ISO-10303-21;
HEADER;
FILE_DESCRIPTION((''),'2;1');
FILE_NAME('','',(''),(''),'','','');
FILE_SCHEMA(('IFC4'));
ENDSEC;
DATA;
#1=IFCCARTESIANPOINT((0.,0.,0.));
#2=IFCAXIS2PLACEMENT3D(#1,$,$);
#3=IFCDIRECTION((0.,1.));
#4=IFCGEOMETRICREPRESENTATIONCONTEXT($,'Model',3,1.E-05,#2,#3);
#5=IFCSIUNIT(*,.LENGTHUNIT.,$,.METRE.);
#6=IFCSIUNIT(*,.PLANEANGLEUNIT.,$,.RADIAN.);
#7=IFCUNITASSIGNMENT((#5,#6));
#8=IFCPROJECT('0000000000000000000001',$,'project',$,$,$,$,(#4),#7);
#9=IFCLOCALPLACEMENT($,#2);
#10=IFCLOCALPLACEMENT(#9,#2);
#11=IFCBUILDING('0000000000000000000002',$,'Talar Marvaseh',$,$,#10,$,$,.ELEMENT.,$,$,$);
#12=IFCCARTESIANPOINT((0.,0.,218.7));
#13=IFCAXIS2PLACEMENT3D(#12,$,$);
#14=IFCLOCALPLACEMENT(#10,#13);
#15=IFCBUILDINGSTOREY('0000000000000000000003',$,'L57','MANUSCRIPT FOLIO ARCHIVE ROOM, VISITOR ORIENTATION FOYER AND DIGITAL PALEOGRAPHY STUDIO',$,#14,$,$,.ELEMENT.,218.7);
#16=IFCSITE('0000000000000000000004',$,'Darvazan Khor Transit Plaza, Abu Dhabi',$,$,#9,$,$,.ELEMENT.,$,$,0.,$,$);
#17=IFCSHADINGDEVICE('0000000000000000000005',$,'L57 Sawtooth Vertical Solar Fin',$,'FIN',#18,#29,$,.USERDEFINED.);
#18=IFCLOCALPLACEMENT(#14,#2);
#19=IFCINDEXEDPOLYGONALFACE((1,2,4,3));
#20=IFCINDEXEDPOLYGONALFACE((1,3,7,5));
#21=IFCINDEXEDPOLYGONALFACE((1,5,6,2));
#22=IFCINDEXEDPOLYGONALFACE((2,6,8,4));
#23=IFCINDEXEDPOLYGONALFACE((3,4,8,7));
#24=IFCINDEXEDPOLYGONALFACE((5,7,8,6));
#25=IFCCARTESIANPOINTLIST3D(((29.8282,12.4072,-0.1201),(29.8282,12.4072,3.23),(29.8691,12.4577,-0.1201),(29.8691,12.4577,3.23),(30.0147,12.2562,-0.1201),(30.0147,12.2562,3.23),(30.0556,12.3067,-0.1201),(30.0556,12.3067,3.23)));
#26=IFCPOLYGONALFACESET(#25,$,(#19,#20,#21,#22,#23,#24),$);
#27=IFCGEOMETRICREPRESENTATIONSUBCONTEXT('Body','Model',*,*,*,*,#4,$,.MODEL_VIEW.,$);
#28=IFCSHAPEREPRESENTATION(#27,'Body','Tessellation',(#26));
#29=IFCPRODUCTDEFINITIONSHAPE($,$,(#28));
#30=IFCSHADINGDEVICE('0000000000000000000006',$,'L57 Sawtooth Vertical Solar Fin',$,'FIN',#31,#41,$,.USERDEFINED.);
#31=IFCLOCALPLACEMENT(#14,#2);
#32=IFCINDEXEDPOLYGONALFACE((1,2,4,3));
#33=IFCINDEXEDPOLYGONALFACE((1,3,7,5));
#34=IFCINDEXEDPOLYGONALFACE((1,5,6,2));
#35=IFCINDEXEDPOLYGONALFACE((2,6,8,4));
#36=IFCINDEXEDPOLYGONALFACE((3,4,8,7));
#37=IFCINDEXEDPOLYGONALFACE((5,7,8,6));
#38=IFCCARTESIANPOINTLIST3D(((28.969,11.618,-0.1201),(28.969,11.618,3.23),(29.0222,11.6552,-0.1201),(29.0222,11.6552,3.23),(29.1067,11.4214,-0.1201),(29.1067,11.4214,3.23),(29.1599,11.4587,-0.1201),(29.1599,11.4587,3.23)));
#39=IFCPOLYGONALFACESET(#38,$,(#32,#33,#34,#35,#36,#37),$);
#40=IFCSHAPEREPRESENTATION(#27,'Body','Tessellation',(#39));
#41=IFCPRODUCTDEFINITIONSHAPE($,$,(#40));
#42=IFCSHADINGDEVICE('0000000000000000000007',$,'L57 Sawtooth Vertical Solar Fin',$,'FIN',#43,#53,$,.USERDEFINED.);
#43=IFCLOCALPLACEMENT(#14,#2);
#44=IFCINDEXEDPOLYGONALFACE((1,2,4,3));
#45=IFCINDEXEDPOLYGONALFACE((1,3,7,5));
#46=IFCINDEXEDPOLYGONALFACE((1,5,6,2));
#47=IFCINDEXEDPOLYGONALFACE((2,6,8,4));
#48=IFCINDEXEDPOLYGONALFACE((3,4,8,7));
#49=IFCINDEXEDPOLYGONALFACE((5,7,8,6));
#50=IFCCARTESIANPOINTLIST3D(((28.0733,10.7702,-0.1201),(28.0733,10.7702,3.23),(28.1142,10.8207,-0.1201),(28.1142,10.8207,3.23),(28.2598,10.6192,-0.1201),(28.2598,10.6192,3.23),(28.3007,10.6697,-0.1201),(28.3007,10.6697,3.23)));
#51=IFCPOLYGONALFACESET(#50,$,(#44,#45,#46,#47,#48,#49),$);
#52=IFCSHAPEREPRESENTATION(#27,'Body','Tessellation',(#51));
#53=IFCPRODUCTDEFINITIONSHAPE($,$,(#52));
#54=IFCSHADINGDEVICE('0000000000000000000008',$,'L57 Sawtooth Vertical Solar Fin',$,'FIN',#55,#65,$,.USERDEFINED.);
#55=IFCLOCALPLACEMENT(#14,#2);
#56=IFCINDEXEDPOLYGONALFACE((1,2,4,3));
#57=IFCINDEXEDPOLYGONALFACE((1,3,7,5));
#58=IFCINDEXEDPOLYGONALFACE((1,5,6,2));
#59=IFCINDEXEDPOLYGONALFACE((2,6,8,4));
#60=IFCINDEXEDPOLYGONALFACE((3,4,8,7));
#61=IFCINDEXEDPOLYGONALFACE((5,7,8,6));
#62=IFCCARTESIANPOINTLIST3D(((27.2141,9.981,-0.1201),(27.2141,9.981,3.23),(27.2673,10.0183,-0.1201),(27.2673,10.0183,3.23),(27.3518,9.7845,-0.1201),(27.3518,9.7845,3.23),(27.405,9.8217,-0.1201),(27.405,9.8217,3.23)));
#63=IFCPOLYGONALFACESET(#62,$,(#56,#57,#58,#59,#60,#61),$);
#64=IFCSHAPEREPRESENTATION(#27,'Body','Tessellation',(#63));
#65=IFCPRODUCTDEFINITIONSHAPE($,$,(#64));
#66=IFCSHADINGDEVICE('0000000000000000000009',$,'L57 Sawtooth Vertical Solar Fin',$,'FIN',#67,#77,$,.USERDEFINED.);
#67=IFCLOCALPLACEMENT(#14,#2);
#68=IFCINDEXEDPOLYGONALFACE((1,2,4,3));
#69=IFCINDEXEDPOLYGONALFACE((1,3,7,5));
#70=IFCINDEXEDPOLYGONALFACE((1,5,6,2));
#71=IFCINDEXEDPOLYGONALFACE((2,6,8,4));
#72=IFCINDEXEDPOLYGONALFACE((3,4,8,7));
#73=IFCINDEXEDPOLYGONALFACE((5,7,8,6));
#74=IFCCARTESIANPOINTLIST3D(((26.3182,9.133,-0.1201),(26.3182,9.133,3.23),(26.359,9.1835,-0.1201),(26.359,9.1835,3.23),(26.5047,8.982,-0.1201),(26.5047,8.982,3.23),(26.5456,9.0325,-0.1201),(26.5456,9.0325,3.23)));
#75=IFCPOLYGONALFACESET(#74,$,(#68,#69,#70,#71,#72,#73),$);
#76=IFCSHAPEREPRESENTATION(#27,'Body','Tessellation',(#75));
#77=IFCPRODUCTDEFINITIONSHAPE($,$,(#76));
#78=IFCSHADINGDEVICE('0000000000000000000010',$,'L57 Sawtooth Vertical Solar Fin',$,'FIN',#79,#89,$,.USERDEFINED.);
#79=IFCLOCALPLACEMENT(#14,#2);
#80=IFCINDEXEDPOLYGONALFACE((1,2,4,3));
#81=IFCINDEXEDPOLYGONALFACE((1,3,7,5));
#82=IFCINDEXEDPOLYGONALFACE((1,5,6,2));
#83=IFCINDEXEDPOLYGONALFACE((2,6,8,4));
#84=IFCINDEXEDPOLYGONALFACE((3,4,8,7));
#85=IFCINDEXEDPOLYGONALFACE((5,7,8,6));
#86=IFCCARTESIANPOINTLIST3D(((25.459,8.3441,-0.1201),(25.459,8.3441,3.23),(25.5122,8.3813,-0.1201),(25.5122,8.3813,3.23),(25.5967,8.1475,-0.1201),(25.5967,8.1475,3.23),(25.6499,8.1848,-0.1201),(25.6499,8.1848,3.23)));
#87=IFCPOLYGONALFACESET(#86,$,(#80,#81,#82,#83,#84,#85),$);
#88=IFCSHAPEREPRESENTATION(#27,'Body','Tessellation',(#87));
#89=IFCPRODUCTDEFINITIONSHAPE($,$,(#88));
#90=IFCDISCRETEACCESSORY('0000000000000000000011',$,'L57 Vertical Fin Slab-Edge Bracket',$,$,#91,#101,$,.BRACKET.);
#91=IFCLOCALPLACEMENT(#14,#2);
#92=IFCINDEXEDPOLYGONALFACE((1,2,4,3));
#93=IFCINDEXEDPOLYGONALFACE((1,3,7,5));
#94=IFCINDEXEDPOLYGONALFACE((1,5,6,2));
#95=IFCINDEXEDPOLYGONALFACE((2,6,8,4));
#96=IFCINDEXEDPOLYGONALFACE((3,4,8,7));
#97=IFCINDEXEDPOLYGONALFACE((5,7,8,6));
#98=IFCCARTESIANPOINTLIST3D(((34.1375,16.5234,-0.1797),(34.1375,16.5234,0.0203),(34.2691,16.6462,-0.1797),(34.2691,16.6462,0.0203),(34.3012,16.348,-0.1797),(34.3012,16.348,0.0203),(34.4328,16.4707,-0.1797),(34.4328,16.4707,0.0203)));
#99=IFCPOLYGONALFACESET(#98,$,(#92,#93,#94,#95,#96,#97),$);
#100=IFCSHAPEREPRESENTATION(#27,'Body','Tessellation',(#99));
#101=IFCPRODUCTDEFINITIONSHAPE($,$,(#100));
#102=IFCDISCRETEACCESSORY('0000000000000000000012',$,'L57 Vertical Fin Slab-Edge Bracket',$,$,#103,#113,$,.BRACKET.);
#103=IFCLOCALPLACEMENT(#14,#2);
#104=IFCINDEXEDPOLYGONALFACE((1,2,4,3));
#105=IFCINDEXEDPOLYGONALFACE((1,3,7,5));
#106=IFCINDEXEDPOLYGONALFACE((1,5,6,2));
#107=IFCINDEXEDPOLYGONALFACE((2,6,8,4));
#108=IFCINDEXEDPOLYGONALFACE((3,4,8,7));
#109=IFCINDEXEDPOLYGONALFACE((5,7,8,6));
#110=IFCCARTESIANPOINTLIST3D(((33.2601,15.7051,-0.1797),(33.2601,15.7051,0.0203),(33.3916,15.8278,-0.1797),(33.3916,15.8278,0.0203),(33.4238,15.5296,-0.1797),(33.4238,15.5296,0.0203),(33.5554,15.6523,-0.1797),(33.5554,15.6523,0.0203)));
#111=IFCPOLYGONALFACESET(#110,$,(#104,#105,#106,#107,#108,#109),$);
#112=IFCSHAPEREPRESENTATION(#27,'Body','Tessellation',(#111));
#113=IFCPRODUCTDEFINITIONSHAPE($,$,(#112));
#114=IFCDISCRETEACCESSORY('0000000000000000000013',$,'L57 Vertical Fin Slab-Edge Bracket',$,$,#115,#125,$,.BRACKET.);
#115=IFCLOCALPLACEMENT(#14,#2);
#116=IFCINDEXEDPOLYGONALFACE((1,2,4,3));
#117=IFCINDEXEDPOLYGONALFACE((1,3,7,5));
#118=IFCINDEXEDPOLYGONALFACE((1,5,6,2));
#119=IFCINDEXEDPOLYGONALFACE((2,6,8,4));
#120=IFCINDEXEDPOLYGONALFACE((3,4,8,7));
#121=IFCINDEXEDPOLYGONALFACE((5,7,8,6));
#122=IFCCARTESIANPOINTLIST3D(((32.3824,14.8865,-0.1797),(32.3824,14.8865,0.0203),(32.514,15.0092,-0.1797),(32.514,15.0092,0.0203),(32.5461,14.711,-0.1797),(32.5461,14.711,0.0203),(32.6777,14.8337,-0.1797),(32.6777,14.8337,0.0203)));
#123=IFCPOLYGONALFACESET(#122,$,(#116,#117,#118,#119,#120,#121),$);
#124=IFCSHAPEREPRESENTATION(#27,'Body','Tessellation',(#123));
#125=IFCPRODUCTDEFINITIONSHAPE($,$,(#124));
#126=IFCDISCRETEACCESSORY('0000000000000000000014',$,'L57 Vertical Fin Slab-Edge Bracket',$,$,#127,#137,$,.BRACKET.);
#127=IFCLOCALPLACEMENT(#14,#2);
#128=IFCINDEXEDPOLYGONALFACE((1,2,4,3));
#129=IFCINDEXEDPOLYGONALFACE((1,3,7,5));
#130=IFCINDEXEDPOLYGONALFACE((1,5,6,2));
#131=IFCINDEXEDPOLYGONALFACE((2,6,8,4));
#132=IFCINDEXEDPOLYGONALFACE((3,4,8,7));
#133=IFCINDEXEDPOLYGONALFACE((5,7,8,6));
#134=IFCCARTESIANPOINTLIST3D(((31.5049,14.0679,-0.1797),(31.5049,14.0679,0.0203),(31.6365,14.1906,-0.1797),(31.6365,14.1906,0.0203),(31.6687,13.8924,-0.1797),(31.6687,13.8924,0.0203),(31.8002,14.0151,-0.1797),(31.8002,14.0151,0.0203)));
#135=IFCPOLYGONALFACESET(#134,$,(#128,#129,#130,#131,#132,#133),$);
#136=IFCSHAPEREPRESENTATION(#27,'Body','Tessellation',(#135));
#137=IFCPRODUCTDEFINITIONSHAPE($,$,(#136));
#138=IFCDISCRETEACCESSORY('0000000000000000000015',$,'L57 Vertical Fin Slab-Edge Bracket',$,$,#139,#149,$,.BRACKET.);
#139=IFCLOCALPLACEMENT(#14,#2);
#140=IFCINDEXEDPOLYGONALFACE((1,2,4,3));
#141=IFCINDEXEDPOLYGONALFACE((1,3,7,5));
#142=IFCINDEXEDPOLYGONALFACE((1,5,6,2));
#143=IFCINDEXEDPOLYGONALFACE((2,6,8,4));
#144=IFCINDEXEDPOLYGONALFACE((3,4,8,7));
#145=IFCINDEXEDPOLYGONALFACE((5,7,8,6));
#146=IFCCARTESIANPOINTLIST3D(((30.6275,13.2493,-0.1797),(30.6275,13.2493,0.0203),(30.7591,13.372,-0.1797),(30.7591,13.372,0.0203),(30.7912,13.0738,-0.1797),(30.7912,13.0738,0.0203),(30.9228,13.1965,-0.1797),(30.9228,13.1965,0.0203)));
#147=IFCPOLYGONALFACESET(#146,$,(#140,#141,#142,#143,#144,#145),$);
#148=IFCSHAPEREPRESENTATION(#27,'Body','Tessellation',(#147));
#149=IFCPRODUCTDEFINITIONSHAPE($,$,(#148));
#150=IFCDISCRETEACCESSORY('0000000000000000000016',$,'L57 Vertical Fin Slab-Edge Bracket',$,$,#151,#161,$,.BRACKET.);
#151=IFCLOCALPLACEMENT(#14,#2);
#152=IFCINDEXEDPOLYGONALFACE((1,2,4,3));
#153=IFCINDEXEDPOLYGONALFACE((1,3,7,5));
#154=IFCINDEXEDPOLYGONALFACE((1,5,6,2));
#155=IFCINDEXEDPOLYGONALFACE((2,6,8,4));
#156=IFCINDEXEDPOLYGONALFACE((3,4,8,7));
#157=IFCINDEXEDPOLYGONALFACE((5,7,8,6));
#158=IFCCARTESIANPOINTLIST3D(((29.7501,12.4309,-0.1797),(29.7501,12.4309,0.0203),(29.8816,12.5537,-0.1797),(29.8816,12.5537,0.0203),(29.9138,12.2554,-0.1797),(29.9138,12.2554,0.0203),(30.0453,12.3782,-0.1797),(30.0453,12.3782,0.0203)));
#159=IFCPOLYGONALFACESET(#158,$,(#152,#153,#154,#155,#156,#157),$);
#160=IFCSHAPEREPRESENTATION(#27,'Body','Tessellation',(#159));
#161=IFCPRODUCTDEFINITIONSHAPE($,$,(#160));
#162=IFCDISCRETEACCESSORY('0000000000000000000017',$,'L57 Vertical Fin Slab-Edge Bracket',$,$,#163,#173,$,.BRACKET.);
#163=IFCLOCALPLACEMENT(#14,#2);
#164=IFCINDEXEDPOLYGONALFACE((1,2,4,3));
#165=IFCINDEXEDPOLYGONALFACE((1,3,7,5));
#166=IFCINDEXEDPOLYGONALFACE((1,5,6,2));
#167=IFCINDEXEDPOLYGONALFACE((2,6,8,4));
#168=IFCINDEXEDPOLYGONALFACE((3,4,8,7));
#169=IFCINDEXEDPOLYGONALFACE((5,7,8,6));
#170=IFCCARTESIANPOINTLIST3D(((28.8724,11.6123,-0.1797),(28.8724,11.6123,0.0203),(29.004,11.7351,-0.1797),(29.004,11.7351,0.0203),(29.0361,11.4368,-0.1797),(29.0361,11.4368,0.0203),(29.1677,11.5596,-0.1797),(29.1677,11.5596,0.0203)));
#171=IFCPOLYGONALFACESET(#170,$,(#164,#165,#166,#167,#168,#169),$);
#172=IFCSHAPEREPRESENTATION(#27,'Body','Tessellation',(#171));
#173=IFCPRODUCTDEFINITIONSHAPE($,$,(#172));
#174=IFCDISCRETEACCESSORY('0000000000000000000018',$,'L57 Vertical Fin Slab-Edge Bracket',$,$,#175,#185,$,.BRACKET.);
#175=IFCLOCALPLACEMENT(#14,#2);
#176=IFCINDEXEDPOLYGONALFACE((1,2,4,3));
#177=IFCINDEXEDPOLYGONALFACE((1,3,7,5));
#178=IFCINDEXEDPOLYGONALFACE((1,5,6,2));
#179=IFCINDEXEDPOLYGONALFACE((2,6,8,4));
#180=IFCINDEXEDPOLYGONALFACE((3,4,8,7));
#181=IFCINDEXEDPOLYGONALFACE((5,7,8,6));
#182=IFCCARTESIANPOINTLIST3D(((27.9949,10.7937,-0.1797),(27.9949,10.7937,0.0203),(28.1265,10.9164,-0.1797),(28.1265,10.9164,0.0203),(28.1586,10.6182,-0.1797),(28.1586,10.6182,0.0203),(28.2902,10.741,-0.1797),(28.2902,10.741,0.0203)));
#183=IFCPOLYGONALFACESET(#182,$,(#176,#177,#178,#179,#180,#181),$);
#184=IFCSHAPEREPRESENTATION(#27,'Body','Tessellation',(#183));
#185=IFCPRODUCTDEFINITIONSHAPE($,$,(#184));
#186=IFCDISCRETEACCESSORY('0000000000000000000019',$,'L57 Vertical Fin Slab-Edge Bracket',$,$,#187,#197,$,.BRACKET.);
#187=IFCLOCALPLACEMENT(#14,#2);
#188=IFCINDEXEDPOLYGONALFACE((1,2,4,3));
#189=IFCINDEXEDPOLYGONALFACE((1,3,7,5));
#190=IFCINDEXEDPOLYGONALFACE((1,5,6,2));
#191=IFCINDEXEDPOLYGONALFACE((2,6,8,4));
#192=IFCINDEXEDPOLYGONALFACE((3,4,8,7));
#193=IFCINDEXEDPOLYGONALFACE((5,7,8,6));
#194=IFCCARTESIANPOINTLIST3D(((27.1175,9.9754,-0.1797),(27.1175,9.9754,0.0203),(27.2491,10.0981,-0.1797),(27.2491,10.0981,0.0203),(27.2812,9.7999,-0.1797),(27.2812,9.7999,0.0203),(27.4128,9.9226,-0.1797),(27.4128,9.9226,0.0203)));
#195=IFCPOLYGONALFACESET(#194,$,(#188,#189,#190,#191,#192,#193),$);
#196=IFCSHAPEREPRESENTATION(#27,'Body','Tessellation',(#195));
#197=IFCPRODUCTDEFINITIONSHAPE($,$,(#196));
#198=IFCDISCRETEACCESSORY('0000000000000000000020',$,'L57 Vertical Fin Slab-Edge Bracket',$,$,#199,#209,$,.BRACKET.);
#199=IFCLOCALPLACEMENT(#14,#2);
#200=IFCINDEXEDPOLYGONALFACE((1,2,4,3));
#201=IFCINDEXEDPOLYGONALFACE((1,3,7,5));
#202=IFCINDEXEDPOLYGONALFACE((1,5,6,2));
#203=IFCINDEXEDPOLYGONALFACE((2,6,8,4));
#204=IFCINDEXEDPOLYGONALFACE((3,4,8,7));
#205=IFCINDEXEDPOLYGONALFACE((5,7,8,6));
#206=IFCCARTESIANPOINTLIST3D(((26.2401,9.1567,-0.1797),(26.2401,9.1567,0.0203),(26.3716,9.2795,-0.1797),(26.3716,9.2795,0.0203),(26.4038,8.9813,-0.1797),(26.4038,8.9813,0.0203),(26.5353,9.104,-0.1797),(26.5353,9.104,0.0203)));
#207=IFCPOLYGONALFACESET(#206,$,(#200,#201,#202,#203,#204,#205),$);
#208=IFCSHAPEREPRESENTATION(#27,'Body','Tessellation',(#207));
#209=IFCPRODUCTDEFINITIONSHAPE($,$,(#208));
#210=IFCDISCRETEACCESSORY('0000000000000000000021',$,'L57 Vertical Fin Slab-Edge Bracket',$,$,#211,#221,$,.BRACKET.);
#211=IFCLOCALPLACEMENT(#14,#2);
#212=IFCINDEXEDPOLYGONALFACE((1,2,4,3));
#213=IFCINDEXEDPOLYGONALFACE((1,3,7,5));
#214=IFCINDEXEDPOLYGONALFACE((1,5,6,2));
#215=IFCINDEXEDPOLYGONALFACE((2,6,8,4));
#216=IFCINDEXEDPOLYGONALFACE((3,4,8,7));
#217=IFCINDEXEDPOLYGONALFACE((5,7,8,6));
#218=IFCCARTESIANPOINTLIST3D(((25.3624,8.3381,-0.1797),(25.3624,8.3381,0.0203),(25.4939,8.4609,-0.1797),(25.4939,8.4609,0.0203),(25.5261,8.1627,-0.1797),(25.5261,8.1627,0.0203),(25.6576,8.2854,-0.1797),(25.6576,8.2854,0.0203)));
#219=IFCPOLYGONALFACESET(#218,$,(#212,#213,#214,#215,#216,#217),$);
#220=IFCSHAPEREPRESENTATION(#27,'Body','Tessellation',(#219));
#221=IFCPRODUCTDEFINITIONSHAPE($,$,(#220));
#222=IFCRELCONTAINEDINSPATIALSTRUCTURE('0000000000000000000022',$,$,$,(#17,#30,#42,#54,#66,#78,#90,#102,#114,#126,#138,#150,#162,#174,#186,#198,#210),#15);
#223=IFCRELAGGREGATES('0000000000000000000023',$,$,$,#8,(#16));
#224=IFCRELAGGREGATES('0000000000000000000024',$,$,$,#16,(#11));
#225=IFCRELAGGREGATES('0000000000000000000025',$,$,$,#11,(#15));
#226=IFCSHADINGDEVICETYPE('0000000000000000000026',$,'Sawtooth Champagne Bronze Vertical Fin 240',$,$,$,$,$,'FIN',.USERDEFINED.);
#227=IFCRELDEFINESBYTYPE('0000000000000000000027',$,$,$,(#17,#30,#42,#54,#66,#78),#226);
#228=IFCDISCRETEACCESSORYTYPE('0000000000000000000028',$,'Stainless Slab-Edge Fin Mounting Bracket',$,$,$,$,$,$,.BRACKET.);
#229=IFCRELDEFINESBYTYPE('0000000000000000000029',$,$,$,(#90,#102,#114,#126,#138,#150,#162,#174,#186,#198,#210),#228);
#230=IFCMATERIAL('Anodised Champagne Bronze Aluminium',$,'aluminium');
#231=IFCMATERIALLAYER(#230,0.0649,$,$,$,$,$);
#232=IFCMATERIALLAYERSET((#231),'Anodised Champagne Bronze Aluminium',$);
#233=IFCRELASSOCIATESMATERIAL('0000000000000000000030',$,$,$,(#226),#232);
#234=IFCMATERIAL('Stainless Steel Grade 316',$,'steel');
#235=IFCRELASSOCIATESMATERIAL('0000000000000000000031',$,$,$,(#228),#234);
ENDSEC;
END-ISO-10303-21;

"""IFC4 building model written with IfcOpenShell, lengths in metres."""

from ifc_helpers import new_model, si_unit, direction, frame, origin, origin_2d, place, context, subcontext, project, spatial, rectangle, extrude, source, transform, mapped, material, layer, layer_set, type_object, type_shapes, element, save


model = new_model("IFC4")

# Units and contexts
model_context = context("Model", 3, precision=1e-05, world=origin(), true_north=direction((0.0, 1.0)))
body_context = subcontext(model_context, "Body", "Model", "MODEL_VIEW")
ifc_project = project(units=[si_unit("LENGTHUNIT", "METRE"), si_unit("PLANEANGLEUNIT", "RADIAN")], contexts=[model_context])

# Site, building, storey
site_placement = place(None, origin())
site = spatial("IfcSite", under=ifc_project, at=site_placement, Name="Darvazan Khor Transit Plaza, Abu Dhabi", CompositionType="ELEMENT", RefElevation=0.0)
building_placement = place(site_placement, origin())
building = spatial("IfcBuilding", under=site, at=building_placement, Name="Talar Marvaseh", CompositionType="ELEMENT")
storey_placement = place(building_placement, frame((0.0, 0.0, 218.7)))
storey = spatial("IfcBuildingStorey", under=building, at=storey_placement, Name="L57", Description="MANUSCRIPT FOLIO ARCHIVE ROOM, VISITOR ORIENTATION FOYER AND DIGITAL PALEOGRAPHY STUDIO", CompositionType="ELEMENT", Elevation=218.7)

# Shading devices
ifc_material_1 = material(Name="Anodised Champagne Bronze Aluminium", Category="aluminium")
ifc_layer_1 = layer(ifc_material_1, 0.0649)
ifc_layer_set_1 = layer_set([ifc_layer_1], Name="Anodised Champagne Bronze Aluminium")
shading_device_type = type_object("IfcShadingDeviceType", Name="Sawtooth Champagne Bronze Vertical Fin 240", ElementType="FIN", PredefinedType="USERDEFINED", material=ifc_layer_set_1)
shared_shape_1 = source(origin(), body_context, "Body", "SweptSolid", [
    extrude(rectangle(XDim=0.24, YDim=0.0649, at=origin_2d()), origin(), (0.0, 0.0, 1.0), 3.3501),
])
type_shapes(shading_device_type, [shared_shape_1])
for number, where, z_axis, x_axis, name in (
    (1, (29.9419, 12.3569, -0.1201), (0.0, 0.0, 1.0), (0.777256, -0.629185, 0.0), "L57 Sawtooth Vertical Solar Fin"),
    (2, (29.0645, 11.5383, -0.1201), (0.0, 0.0, 1.0), (0.573719, -0.819052, 0.0), "L57 Sawtooth Vertical Solar Fin"),
    (3, (28.187, 10.72, -0.1201), (0.0, 0.0, 1.0), (0.777256, -0.629185, 0.0), "L57 Sawtooth Vertical Solar Fin"),
    (4, (27.3096, 9.9014, -0.1201), (0.0, 0.0, 1.0), (0.573719, -0.819052, 0.0), "L57 Sawtooth Vertical Solar Fin"),
    (5, (26.4319, 9.0828, -0.1201), (0.0, 0.0, 1.0), (0.777256, -0.629185, 0.0), "L57 Sawtooth Vertical Solar Fin"),
    (6, (25.5544, 8.2644, -0.1201), (0.0, 0.0, 1.0), (0.573719, -0.819052, 0.0), "L57 Sawtooth Vertical Solar Fin"),
):
    element("IfcShadingDevice", number, at=place(storey_placement, frame(where, z_axis=z_axis, x_axis=x_axis)), inside=storey, type_object=shading_device_type, Name=name, ObjectType="FIN", PredefinedType="USERDEFINED", context=body_context, shape_type="MappedRepresentation", body=[
        mapped(shared_shape_1, transform((0.0, 0.0, 0.0), x_axis=(1.0, 0.0, 0.0), y_axis=(0.0, 1.0, 0.0), z_axis=(0.0, 0.0, 1.0), scale=1.0)),
    ])

# Discrete accessories
ifc_material_2 = material(Name="Stainless Steel Grade 316", Category="steel")
discrete_accessory_type = type_object("IfcDiscreteAccessoryType", Name="Stainless Slab-Edge Fin Mounting Bracket", PredefinedType="BRACKET", material=ifc_material_2)
shared_shape_2 = source(origin(), body_context, "Body", "SweptSolid", [
    extrude(rectangle(XDim=0.24, YDim=0.1799, at=origin_2d()), origin(), (0.0, 0.0, 1.0), 0.2),
])
type_shapes(discrete_accessory_type, [shared_shape_2])
for number, where, z_axis, x_axis, name in (
    (7, (34.2852, 16.4971, -0.1797), (0.0, 0.0, 1.0), (0.682126, -0.731235, 0.0), "L57 Vertical Fin Slab-Edge Bracket"),
    (8, (33.4077, 15.6787, -0.1797), (0.0, 0.0, 1.0), (0.682126, -0.731235, 0.0), "L57 Vertical Fin Slab-Edge Bracket"),
    (9, (32.53, 14.8601, -0.1797), (0.0, 0.0, 1.0), (0.682126, -0.731235, 0.0), "L57 Vertical Fin Slab-Edge Bracket"),
    (10, (31.6526, 14.0415, -0.1797), (0.0, 0.0, 1.0), (0.682126, -0.731235, 0.0), "L57 Vertical Fin Slab-Edge Bracket"),
    (11, (30.7751, 13.2229, -0.1797), (0.0, 0.0, 1.0), (0.682126, -0.731235, 0.0), "L57 Vertical Fin Slab-Edge Bracket"),
    (12, (29.8977, 12.4045, -0.1797), (0.0, 0.0, 1.0), (0.682126, -0.731235, 0.0), "L57 Vertical Fin Slab-Edge Bracket"),
    (13, (29.02, 11.5859, -0.1797), (0.0, 0.0, 1.0), (0.682126, -0.731235, 0.0), "L57 Vertical Fin Slab-Edge Bracket"),
    (14, (28.1426, 10.7673, -0.1797), (0.0, 0.0, 1.0), (0.682126, -0.731235, 0.0), "L57 Vertical Fin Slab-Edge Bracket"),
    (15, (27.2651, 9.949, -0.1797), (0.0, 0.0, 1.0), (0.682126, -0.731235, 0.0), "L57 Vertical Fin Slab-Edge Bracket"),
    (16, (26.3877, 9.1304, -0.1797), (0.0, 0.0, 1.0), (0.682126, -0.731235, 0.0), "L57 Vertical Fin Slab-Edge Bracket"),
    (17, (25.51, 8.3118, -0.1797), (0.0, 0.0, 1.0), (0.682126, -0.731235, 0.0), "L57 Vertical Fin Slab-Edge Bracket"),
):
    element("IfcDiscreteAccessory", number, at=place(storey_placement, frame(where, z_axis=z_axis, x_axis=x_axis)), inside=storey, type_object=discrete_accessory_type, Name=name, PredefinedType="BRACKET", context=body_context, shape_type="MappedRepresentation", body=[
        mapped(shared_shape_2, transform((0.0, 0.0, 0.0), x_axis=(1.0, 0.0, 0.0), y_axis=(0.0, 1.0, 0.0), z_axis=(0.0, 0.0, 1.0), scale=1.0)),
    ])

save(model, "model.ifc")
